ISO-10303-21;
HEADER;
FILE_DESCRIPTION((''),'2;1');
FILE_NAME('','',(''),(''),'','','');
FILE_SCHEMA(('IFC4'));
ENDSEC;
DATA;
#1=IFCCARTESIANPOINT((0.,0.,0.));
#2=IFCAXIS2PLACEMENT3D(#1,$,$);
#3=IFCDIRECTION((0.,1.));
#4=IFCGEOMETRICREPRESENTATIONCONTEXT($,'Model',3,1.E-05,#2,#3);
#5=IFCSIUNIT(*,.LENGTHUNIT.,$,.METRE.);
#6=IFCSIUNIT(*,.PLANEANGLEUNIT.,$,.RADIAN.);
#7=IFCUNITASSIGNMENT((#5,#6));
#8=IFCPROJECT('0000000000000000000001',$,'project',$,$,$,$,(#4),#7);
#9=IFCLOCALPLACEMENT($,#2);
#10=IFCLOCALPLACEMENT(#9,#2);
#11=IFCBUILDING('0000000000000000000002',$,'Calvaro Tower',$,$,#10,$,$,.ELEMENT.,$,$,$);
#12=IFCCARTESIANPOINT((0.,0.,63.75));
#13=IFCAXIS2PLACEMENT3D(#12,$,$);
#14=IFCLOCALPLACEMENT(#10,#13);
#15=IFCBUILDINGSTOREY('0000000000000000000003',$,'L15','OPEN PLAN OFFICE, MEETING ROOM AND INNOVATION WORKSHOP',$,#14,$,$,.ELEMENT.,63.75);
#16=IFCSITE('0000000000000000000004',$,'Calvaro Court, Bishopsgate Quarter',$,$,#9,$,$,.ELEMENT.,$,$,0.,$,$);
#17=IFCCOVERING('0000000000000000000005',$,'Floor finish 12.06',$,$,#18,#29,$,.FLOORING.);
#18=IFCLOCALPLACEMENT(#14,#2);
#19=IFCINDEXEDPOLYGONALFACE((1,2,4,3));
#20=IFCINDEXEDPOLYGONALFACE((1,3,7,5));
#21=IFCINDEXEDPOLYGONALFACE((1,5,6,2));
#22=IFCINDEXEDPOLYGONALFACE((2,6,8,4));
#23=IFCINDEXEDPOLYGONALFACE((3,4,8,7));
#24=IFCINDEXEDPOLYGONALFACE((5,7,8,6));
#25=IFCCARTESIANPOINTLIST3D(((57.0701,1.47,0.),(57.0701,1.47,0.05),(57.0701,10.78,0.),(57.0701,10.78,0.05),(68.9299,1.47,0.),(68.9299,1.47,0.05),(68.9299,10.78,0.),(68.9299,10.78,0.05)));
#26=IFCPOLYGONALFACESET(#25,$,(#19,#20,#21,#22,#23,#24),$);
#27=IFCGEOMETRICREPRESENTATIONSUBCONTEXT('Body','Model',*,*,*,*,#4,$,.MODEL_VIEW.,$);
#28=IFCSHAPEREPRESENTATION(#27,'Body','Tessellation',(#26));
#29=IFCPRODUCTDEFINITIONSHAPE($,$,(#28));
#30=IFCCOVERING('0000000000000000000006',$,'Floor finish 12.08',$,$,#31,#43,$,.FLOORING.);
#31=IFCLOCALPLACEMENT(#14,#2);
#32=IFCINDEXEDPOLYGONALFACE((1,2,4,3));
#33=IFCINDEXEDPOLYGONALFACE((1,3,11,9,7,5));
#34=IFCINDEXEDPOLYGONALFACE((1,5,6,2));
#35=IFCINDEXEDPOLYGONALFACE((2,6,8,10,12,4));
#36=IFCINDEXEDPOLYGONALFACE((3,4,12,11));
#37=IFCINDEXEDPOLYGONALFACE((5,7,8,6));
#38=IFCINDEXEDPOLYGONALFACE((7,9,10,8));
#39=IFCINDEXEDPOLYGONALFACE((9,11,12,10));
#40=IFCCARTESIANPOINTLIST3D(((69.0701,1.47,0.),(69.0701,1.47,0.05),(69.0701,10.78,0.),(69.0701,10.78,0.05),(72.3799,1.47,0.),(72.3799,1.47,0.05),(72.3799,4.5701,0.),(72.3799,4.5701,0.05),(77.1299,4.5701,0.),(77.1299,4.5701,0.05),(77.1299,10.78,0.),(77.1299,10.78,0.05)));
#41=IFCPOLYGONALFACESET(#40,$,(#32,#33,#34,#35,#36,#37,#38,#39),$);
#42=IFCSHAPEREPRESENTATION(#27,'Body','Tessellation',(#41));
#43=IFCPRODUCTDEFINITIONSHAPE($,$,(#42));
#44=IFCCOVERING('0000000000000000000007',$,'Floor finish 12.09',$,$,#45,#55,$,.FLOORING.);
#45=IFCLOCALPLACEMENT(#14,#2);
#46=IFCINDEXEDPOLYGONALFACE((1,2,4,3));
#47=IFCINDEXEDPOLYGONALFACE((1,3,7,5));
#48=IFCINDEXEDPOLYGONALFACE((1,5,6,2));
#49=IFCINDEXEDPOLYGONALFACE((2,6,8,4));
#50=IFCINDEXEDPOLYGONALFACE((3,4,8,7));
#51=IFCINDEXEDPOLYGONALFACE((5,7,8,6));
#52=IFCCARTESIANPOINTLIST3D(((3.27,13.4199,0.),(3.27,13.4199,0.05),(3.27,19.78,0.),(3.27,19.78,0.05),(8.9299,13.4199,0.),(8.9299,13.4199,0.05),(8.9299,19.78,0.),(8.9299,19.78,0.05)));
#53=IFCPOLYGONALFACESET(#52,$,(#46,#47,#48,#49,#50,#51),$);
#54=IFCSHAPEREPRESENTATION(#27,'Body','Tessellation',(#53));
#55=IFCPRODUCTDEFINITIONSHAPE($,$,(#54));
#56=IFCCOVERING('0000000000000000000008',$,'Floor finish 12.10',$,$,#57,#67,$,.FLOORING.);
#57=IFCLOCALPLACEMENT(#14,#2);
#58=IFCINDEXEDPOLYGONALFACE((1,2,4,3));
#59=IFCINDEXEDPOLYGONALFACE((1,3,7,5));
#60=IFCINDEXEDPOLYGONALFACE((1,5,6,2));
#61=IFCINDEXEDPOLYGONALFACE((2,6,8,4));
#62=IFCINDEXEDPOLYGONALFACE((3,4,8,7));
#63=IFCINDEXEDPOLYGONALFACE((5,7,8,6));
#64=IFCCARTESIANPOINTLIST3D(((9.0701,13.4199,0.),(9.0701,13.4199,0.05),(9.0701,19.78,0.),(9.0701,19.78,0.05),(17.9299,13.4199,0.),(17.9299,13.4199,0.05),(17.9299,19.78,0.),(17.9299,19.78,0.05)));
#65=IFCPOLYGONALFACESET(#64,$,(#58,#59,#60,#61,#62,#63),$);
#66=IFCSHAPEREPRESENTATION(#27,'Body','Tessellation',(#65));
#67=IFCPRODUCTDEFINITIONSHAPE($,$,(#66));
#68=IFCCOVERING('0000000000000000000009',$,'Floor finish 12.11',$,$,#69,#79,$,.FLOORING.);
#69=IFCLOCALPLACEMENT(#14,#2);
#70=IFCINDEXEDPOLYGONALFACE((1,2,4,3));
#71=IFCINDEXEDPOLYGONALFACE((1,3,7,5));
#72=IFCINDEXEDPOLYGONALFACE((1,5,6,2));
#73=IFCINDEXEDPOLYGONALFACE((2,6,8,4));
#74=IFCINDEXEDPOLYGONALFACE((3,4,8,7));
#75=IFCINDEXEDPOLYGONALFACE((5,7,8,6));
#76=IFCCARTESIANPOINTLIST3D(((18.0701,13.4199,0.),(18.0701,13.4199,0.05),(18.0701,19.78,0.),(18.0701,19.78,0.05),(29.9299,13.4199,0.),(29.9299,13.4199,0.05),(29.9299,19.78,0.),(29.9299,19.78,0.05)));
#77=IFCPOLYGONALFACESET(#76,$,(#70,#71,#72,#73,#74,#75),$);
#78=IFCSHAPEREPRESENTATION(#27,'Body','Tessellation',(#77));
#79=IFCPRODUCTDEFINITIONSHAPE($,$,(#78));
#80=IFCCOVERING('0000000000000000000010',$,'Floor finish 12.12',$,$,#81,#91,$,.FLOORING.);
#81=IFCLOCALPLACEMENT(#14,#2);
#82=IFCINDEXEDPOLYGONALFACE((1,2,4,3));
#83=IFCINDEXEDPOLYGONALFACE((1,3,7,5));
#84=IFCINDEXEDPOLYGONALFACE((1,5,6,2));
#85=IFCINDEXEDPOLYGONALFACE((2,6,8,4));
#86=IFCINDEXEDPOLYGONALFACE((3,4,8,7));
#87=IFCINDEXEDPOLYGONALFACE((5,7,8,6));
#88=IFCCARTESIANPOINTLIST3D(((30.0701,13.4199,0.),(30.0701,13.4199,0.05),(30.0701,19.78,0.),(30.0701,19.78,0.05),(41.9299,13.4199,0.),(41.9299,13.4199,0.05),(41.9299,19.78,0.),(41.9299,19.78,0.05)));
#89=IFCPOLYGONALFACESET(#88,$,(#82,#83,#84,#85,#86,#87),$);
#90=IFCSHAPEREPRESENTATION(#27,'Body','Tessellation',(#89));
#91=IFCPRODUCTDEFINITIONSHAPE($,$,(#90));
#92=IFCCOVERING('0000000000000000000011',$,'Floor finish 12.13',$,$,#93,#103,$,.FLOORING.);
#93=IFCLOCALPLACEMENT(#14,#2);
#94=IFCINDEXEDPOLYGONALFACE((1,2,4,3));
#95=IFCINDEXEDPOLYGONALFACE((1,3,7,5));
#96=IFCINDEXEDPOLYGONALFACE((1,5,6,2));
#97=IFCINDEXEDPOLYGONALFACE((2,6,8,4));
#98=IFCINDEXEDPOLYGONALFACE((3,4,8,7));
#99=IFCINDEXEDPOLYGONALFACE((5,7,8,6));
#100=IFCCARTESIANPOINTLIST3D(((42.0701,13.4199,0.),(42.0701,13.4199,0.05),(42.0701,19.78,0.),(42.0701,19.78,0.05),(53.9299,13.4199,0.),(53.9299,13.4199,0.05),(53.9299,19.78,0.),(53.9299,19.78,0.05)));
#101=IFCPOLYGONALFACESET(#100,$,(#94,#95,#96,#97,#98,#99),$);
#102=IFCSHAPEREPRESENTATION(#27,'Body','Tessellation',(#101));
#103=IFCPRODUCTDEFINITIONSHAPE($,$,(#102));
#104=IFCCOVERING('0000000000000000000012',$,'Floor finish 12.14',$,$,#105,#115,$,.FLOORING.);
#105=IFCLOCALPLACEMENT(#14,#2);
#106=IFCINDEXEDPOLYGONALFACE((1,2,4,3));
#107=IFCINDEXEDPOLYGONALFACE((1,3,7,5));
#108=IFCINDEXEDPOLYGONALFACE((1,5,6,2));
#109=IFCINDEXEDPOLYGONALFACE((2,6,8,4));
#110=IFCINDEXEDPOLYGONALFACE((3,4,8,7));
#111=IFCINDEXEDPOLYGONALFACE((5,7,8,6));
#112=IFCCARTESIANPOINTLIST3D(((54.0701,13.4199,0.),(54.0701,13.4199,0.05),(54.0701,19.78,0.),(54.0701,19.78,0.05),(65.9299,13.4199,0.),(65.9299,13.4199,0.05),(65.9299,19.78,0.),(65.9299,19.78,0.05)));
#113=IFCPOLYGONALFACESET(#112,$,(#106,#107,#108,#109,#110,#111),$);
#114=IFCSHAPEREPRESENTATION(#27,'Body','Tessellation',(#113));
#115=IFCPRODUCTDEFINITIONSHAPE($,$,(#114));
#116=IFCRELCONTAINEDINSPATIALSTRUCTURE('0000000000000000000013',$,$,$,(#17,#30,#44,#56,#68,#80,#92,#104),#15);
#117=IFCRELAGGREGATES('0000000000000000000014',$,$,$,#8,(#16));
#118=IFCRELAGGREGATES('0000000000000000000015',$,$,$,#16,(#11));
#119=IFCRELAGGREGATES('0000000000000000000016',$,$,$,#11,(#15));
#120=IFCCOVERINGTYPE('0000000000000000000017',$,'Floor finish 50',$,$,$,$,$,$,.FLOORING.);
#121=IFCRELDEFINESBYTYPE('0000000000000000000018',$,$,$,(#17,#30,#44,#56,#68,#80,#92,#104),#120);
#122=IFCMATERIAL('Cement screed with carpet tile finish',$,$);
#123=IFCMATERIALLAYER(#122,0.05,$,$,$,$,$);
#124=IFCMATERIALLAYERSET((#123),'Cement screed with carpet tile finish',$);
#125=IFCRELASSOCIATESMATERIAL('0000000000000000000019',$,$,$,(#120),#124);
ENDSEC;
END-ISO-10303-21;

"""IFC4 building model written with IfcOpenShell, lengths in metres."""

from ifc_helpers import new_model, si_unit, direction, frame, origin, place, context, subcontext, project, spatial, polyline, outline, extrude, material, layer, layer_set, type_object, element, save


model = new_model("IFC4")

# Units and contexts
model_context = context("Model", 3, precision=1e-05, world=origin(), true_north=direction((0.0, 1.0)))
body_context = subcontext(model_context, "Body", "Model", "MODEL_VIEW")
ifc_project = project(units=[si_unit("LENGTHUNIT", "METRE"), si_unit("PLANEANGLEUNIT", "RADIAN")], contexts=[model_context])

# Site, building, storey
site_placement = place(None, origin())
site = spatial("IfcSite", under=ifc_project, at=site_placement, Name="Calvaro Court, Bishopsgate Quarter", CompositionType="ELEMENT", RefElevation=0.0)
building_placement = place(site_placement, origin())
building = spatial("IfcBuilding", under=site, at=building_placement, Name="Calvaro Tower", CompositionType="ELEMENT")
storey_placement = place(building_placement, frame((0.0, 0.0, 63.75)))
storey = spatial("IfcBuildingStorey", under=building, at=storey_placement, Name="L15", Description="OPEN PLAN OFFICE, MEETING ROOM AND INNOVATION WORKSHOP", CompositionType="ELEMENT", Elevation=63.75)

# Coverings
ifc_material_1 = material(Name="Cement screed with carpet tile finish")
ifc_layer_1 = layer(ifc_material_1, 0.05)
ifc_layer_set_1 = layer_set([ifc_layer_1], Name="Cement screed with carpet tile finish")
covering_type = type_object("IfcCoveringType", Name="Floor finish 50", PredefinedType="FLOORING", material=ifc_layer_set_1)
covering_1_placement = place(storey_placement, origin())
element("IfcCovering", 1, at=covering_1_placement, inside=storey, type_object=covering_type, Name="Floor finish 12.06", PredefinedType="FLOORING", context=body_context, shape_type="SweptSolid", body=[
    extrude(outline(polyline([(57.0701, 10.78), (68.9299, 10.78), (68.9299, 1.47), (57.0701, 1.47), (57.0701, 10.78)])), origin(), (0.0, 0.0, 1.0), 0.05),
])
covering_2_placement = place(storey_placement, origin())
element("IfcCovering", 2, at=covering_2_placement, inside=storey, type_object=covering_type, Name="Floor finish 12.08", PredefinedType="FLOORING", context=body_context, shape_type="SweptSolid", body=[
    extrude(outline(polyline([(77.1299, 4.5701), (72.3799, 4.5701), (72.3799, 1.47), (69.0701, 1.47), (69.0701, 10.78), (77.1299, 10.78), (77.1299, 4.5701)])), origin(), (0.0, 0.0, 1.0), 0.05),
])
covering_3_placement = place(storey_placement, origin())
element("IfcCovering", 3, at=covering_3_placement, inside=storey, type_object=covering_type, Name="Floor finish 12.09", PredefinedType="FLOORING", context=body_context, shape_type="SweptSolid", body=[
    extrude(outline(polyline([(3.27, 13.4199), (3.27, 19.78), (8.9299, 19.78), (8.9299, 13.4199), (3.27, 13.4199)])), origin(), (0.0, 0.0, 1.0), 0.05),
])
covering_4_placement = place(storey_placement, origin())
element("IfcCovering", 4, at=covering_4_placement, inside=storey, type_object=covering_type, Name="Floor finish 12.10", PredefinedType="FLOORING", context=body_context, shape_type="SweptSolid", body=[
    extrude(outline(polyline([(9.0701, 13.4199), (9.0701, 19.78), (17.9299, 19.78), (17.9299, 13.4199), (9.0701, 13.4199)])), origin(), (0.0, 0.0, 1.0), 0.05),
])
covering_5_placement = place(storey_placement, origin())
element("IfcCovering", 5, at=covering_5_placement, inside=storey, type_object=covering_type, Name="Floor finish 12.11", PredefinedType="FLOORING", context=body_context, shape_type="SweptSolid", body=[
    extrude(outline(polyline([(18.0701, 13.4199), (18.0701, 19.78), (29.9299, 19.78), (29.9299, 13.4199), (18.0701, 13.4199)])), origin(), (0.0, 0.0, 1.0), 0.05),
])
covering_6_placement = place(storey_placement, origin())
element("IfcCovering", 6, at=covering_6_placement, inside=storey, type_object=covering_type, Name="Floor finish 12.12", PredefinedType="FLOORING", context=body_context, shape_type="SweptSolid", body=[
    extrude(outline(polyline([(30.0701, 13.4199), (30.0701, 19.78), (41.9299, 19.78), (41.9299, 13.4199), (30.0701, 13.4199)])), origin(), (0.0, 0.0, 1.0), 0.05),
])
covering_7_placement = place(storey_placement, origin())
element("IfcCovering", 7, at=covering_7_placement, inside=storey, type_object=covering_type, Name="Floor finish 12.13", PredefinedType="FLOORING", context=body_context, shape_type="SweptSolid", body=[
    extrude(outline(polyline([(42.0701, 13.4199), (42.0701, 19.78), (53.9299, 19.78), (53.9299, 13.4199), (42.0701, 13.4199)])), origin(), (0.0, 0.0, 1.0), 0.05),
])
covering_8_placement = place(storey_placement, origin())
element("IfcCovering", 8, at=covering_8_placement, inside=storey, type_object=covering_type, Name="Floor finish 12.14", PredefinedType="FLOORING", context=body_context, shape_type="SweptSolid", body=[
    extrude(outline(polyline([(54.0701, 13.4199), (54.0701, 19.78), (65.9299, 19.78), (65.9299, 13.4199), (54.0701, 13.4199)])), origin(), (0.0, 0.0, 1.0), 0.05),
])

save(model, "model.ifc")
